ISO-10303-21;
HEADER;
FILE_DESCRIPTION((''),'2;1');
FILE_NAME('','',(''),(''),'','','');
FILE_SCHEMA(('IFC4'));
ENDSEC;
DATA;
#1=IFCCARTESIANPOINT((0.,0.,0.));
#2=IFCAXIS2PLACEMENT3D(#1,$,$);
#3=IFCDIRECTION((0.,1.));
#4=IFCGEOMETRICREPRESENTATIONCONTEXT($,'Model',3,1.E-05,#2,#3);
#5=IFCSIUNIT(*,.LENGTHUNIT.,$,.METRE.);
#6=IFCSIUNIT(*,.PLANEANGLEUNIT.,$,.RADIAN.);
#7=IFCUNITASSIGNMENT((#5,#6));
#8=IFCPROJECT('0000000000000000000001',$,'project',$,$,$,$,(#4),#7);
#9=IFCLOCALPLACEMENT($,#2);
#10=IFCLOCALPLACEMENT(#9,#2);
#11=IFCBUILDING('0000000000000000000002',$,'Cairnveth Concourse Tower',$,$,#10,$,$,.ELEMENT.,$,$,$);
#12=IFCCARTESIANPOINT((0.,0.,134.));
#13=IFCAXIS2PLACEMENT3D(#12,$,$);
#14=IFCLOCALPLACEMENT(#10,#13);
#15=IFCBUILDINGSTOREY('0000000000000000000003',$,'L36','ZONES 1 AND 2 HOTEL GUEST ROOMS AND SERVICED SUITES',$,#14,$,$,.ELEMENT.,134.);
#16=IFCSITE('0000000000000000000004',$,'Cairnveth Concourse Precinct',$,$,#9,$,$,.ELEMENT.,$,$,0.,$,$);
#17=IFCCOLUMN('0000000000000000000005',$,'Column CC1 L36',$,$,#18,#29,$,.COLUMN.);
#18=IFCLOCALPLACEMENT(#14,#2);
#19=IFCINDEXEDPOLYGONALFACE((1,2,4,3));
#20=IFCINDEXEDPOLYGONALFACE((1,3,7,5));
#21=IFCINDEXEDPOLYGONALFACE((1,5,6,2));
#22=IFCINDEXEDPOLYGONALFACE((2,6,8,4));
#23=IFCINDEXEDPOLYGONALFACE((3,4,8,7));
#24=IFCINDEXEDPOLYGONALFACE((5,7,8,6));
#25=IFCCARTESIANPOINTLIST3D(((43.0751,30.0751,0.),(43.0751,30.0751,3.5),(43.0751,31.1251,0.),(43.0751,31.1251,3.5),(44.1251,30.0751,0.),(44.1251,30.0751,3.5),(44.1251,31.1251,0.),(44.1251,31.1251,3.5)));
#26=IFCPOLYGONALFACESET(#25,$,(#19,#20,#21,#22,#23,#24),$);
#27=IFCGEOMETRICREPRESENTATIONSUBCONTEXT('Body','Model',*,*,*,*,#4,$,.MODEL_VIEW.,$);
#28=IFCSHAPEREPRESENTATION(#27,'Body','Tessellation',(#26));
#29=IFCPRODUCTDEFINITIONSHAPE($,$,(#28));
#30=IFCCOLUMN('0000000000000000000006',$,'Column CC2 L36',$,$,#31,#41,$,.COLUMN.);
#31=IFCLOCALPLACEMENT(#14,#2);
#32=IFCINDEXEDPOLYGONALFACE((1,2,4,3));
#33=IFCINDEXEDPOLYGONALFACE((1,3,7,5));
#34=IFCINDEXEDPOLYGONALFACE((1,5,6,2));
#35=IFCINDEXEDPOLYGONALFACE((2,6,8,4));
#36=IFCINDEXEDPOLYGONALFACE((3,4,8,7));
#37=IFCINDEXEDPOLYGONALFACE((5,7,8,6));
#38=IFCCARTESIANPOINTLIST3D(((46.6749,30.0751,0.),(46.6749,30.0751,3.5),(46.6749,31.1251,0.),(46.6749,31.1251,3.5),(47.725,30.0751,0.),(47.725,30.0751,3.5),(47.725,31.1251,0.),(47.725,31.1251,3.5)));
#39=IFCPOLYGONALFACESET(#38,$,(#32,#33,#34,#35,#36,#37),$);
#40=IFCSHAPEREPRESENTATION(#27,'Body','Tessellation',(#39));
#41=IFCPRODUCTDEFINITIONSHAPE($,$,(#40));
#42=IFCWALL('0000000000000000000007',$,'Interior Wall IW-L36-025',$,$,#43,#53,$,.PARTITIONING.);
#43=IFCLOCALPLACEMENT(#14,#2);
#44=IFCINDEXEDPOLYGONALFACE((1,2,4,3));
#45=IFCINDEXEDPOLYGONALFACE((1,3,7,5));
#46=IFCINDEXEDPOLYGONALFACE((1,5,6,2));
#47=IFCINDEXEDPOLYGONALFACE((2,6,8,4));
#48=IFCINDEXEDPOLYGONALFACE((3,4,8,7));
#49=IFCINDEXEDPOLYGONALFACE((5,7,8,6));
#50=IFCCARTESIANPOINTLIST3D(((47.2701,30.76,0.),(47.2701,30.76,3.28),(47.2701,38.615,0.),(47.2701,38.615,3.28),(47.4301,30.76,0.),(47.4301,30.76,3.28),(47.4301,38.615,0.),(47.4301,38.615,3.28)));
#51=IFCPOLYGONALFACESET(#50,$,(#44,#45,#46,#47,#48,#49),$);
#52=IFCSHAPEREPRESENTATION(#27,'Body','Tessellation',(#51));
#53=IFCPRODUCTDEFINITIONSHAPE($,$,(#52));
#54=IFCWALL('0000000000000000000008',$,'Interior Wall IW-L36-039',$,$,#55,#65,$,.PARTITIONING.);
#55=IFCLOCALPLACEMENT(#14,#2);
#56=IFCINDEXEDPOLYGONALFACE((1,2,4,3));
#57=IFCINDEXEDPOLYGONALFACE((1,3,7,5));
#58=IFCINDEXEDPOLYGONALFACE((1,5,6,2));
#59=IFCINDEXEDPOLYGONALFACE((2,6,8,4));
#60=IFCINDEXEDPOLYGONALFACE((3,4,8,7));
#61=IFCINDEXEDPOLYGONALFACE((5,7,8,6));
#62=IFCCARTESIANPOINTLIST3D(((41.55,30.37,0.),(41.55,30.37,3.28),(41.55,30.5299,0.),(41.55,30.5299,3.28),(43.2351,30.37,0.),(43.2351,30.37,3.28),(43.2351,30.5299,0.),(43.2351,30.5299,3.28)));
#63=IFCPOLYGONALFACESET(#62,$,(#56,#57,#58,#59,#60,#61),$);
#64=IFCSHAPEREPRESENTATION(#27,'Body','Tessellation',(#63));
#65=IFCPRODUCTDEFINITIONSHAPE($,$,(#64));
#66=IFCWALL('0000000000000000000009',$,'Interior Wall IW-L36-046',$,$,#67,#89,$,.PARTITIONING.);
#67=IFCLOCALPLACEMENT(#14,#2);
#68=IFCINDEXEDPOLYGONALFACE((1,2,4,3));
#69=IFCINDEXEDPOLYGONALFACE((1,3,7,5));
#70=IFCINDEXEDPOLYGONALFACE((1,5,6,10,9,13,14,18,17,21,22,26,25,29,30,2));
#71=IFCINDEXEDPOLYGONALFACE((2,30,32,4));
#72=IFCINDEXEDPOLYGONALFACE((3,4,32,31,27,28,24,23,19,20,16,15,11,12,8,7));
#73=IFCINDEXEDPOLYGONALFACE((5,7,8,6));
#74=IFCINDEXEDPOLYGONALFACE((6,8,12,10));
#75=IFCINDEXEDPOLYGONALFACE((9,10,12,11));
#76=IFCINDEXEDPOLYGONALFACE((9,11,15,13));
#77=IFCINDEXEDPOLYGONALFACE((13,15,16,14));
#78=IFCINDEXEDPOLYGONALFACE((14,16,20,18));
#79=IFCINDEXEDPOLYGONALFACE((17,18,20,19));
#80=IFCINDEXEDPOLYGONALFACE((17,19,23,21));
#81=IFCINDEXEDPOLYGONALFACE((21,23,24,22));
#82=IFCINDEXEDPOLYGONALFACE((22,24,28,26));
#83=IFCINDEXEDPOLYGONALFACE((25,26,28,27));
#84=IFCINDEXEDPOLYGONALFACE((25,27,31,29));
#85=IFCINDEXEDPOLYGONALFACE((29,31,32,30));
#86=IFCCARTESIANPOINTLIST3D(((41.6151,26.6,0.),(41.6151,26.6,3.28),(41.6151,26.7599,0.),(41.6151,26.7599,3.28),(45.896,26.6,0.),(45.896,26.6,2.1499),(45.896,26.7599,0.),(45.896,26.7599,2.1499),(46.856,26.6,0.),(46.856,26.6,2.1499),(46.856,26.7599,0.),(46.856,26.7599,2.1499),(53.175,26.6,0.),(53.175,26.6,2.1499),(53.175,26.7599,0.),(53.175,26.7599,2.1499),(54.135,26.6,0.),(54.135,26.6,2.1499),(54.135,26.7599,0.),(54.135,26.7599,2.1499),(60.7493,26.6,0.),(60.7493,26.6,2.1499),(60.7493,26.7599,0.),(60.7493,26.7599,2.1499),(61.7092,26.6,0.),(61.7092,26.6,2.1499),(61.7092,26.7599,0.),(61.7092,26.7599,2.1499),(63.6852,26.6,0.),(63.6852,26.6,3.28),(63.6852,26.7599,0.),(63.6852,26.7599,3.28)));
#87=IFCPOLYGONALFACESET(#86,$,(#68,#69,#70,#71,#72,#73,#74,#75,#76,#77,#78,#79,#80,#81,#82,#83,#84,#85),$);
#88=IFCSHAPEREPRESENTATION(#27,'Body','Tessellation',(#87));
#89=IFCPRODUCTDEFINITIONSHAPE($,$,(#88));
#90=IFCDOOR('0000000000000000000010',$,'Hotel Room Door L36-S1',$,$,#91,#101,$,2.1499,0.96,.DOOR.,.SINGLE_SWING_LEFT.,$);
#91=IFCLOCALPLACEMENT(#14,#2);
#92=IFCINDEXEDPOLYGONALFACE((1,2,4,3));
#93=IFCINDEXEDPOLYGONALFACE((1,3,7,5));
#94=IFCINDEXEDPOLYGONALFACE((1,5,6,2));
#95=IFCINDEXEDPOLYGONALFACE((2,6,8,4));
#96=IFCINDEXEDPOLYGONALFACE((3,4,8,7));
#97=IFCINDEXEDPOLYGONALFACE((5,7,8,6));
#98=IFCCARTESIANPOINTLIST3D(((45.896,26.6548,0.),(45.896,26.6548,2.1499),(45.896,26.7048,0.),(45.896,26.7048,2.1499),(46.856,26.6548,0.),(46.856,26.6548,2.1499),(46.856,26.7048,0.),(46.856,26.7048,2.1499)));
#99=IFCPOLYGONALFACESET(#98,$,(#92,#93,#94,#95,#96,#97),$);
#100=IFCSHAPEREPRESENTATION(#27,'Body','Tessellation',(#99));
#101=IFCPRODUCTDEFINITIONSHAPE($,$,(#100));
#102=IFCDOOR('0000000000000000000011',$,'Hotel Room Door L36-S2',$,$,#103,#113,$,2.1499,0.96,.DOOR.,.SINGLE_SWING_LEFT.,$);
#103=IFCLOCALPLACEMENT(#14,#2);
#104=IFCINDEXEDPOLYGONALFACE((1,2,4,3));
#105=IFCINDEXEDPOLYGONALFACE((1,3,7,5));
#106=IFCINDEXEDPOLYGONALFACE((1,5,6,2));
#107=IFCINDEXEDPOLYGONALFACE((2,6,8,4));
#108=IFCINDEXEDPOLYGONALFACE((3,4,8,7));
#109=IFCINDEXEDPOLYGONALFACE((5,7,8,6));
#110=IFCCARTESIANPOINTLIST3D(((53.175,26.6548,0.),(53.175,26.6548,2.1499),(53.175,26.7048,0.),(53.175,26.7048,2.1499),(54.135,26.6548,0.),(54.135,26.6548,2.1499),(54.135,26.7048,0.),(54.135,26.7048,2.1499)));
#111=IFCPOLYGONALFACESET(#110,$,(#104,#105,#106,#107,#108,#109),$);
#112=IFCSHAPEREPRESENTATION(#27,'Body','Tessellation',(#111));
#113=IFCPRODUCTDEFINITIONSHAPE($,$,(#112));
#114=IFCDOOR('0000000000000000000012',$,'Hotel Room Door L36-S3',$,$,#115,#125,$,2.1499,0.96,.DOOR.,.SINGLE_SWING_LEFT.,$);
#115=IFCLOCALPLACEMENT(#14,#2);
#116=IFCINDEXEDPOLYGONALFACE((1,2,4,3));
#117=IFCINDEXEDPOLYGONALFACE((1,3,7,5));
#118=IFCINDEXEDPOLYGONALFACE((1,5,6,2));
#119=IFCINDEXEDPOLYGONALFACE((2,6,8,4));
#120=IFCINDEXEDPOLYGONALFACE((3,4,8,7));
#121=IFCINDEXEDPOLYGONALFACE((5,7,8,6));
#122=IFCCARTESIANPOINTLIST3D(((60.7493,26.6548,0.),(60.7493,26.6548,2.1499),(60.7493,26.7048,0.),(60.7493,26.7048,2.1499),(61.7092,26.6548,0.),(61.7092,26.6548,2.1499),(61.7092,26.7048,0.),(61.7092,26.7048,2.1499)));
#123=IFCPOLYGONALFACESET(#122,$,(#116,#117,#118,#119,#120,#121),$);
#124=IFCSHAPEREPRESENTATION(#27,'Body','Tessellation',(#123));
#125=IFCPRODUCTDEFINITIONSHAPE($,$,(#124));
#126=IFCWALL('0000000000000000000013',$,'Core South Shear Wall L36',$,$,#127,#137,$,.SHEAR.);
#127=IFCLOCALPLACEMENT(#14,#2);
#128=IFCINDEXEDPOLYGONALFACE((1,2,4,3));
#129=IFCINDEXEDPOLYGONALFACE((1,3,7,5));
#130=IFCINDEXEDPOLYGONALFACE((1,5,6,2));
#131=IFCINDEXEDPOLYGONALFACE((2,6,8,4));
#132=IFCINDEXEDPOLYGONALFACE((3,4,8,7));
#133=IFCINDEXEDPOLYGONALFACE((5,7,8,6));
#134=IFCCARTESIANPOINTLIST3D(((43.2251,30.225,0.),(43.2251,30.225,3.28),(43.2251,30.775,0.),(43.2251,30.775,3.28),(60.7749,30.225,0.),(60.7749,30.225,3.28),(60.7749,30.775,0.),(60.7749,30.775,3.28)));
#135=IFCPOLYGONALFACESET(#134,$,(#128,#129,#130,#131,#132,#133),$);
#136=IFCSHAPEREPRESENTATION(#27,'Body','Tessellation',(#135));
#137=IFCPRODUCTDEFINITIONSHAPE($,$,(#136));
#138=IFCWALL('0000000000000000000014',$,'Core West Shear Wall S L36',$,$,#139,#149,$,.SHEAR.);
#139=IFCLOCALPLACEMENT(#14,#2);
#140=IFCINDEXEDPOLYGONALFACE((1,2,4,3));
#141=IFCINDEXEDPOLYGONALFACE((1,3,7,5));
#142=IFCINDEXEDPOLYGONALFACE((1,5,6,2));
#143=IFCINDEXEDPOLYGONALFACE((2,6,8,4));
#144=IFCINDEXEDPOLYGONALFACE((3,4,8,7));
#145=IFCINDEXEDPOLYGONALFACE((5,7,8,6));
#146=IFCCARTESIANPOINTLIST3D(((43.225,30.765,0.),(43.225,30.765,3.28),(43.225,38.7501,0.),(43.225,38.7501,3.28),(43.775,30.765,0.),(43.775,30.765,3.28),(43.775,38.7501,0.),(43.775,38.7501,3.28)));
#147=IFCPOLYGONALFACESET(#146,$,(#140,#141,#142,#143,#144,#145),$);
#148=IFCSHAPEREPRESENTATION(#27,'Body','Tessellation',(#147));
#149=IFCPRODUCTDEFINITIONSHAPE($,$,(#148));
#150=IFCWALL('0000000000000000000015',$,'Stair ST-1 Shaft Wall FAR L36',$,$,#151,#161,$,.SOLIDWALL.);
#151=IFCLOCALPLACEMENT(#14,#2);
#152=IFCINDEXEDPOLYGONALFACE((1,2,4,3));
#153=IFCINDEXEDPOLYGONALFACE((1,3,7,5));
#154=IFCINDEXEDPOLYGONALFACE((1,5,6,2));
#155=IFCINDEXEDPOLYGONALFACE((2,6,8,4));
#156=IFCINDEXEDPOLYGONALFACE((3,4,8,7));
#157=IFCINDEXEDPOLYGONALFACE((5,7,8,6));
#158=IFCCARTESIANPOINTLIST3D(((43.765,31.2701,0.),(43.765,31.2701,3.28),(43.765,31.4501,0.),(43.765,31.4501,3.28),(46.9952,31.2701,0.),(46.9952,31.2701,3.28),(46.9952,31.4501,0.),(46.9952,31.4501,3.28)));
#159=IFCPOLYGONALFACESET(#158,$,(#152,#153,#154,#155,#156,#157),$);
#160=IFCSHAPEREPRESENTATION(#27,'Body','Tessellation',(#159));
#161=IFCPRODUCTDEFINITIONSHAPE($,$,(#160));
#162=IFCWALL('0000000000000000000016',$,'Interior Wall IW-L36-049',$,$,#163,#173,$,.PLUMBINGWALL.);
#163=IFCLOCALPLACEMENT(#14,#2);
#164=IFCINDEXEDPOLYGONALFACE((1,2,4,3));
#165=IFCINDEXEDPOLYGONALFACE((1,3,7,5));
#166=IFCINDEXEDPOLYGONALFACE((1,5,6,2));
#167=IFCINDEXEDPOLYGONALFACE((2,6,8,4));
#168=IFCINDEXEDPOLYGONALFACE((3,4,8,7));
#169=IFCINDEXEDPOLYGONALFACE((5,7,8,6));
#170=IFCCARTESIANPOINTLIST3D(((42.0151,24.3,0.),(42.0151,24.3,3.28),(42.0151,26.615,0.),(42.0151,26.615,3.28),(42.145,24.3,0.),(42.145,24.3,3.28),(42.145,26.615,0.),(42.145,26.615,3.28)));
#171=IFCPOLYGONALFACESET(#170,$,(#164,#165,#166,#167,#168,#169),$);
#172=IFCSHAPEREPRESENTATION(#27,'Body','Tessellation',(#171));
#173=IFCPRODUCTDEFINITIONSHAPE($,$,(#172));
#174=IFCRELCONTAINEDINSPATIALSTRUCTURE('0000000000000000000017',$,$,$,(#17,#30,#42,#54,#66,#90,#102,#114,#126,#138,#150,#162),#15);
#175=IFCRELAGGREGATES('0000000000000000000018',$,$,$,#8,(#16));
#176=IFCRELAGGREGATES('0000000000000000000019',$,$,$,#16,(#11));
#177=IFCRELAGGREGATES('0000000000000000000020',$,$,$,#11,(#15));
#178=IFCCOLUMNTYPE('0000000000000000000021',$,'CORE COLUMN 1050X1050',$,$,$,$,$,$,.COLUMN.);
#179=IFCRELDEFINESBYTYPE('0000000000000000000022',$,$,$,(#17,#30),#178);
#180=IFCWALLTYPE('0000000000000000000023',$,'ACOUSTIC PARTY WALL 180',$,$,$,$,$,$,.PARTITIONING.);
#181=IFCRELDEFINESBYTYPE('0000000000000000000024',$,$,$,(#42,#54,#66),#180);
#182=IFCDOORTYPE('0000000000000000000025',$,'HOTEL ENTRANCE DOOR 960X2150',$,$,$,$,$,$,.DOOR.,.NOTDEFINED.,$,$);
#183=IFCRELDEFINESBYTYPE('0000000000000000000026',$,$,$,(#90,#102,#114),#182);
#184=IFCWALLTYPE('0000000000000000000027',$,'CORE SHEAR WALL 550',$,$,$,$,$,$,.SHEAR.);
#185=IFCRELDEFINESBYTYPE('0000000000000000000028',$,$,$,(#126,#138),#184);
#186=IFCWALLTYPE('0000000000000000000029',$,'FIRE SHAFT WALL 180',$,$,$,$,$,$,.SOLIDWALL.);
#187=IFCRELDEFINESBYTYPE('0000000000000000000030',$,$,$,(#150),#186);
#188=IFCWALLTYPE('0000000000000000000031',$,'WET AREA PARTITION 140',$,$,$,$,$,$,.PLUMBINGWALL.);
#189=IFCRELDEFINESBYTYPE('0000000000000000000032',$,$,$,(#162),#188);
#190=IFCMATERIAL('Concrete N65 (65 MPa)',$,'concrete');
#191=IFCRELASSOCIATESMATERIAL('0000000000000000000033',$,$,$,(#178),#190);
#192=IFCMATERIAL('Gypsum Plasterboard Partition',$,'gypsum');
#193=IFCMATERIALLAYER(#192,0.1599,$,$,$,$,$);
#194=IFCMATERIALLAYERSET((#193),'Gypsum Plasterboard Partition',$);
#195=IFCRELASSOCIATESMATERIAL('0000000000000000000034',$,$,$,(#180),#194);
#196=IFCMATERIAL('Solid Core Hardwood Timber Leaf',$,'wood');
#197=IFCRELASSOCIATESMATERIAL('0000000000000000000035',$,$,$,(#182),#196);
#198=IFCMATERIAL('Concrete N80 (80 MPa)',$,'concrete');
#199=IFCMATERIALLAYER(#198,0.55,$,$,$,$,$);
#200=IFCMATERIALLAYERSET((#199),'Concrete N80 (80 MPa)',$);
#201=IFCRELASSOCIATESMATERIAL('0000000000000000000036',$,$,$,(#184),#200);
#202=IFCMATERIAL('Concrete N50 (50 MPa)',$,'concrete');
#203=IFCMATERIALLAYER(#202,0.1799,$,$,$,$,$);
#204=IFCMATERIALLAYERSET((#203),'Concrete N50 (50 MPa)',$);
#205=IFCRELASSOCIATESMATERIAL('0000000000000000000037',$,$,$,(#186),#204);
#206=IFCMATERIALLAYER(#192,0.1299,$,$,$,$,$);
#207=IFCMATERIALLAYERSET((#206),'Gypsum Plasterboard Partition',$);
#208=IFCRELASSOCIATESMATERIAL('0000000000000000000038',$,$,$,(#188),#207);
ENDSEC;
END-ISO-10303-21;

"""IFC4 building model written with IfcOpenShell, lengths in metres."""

from ifc_helpers import new_model, si_unit, direction, frame, frame_2d, origin, origin_2d, place, context, subcontext, project, spatial, rectangle, extrude, material, layer, layer_set, material_profile, profile_set, type_object, element, fill, save


model = new_model("IFC4")

# Units and contexts
model_context = context("Model", 3, precision=1e-05, world=origin(), true_north=direction((0.0, 1.0)))
body_context = subcontext(model_context, "Body", "Model", "MODEL_VIEW")
ifc_project = project(units=[si_unit("LENGTHUNIT", "METRE"), si_unit("PLANEANGLEUNIT", "RADIAN")], contexts=[model_context])

# Site, building, storey
site_placement = place(None, origin())
site = spatial("IfcSite", under=ifc_project, at=site_placement, Name="Cairnveth Concourse Precinct", CompositionType="ELEMENT", RefElevation=0.0)
building_placement = place(site_placement, origin())
building = spatial("IfcBuilding", under=site, at=building_placement, Name="Cairnveth Concourse Tower", CompositionType="ELEMENT")
storey_placement = place(building_placement, frame((0.0, 0.0, 134.0)))
storey = spatial("IfcBuildingStorey", under=building, at=storey_placement, Name="L36", Description="ZONES 1 AND 2 HOTEL GUEST ROOMS AND SERVICED SUITES", CompositionType="ELEMENT", Elevation=134.0)

# Columns
ifc_material_1 = material(Name="Concrete N65 (65 MPa)", Category="concrete")
ifc_material_profile = material_profile(ifc_material_1, rectangle(XDim=1.05, YDim=1.05, at=origin_2d()), Name="RC-COL-1050x1050")
ifc_profile_set = profile_set([ifc_material_profile], Name="Concrete N65 (65 MPa)")
column_type = type_object("IfcColumnType", Name="CORE COLUMN 1050X1050", PredefinedType="COLUMN", material=ifc_profile_set)
for number, where, z_axis, x_axis, name in (
    (1, (43.6001, 30.6001, 0.0), (0.0, 0.0, 1.0), (1.0, 0.0, 0.0), "Column CC1 L36"),
    (2, (47.2, 30.6001, 0.0), (0.0, 0.0, 1.0), (1.0, 0.0, 0.0), "Column CC2 L36"),
):
    element("IfcColumn", number, at=place(storey_placement, frame(where, z_axis=z_axis, x_axis=x_axis)), inside=storey, type_object=column_type, Name=name, PredefinedType="COLUMN", context=body_context, shape_type="SweptSolid", body=[
        extrude(rectangle(XDim=1.05, YDim=1.05, at=origin_2d()), origin(), (0.0, 0.0, 1.0), 3.5),
    ])

# Walls
ifc_material_2 = material(Name="Gypsum Plasterboard Partition", Category="gypsum")
ifc_layer_1 = layer(ifc_material_2, 0.1599)
ifc_layer_set_1 = layer_set([ifc_layer_1], Name="Gypsum Plasterboard Partition")
wall_type_1 = type_object("IfcWallType", Name="ACOUSTIC PARTY WALL 180", PredefinedType="PARTITIONING", material=ifc_layer_set_1)
wall_1_placement = place(storey_placement, frame((47.3501, 30.76, 0.0), z_axis=(0.0, 0.0, 1.0), x_axis=(0.0, 1.0, 0.0)))
element("IfcWall", 3, at=wall_1_placement, inside=storey, type_object=wall_type_1, Name="Interior Wall IW-L36-025", PredefinedType="PARTITIONING", context=body_context, shape_type="SweptSolid", body=[
    extrude(rectangle(XDim=7.855, YDim=0.1599, at=frame_2d((3.9275, 0.0))), origin(), (0.0, 0.0, 1.0), 3.28),
])
wall_2_placement = place(storey_placement, frame((41.55, 30.45, 0.0), z_axis=(0.0, 0.0, 1.0), x_axis=(1.0, 0.0, 0.0)))
element("IfcWall", 4, at=wall_2_placement, inside=storey, type_object=wall_type_1, Name="Interior Wall IW-L36-039", PredefinedType="PARTITIONING", context=body_context, shape_type="SweptSolid", body=[
    extrude(rectangle(XDim=1.6851, YDim=0.1599, at=frame_2d((0.8425, 0.0))), origin(), (0.0, 0.0, 1.0), 3.28),
])

# Wall, openings, doors
wall_3_placement = place(storey_placement, frame((41.615, 26.6799, 0.0), z_axis=(0.0, 0.0, 1.0), x_axis=(1.0, 0.0, 0.0)))
wall_3 = element("IfcWall", 5, at=wall_3_placement, inside=storey, type_object=wall_type_1, Name="Interior Wall IW-L36-046", PredefinedType="PARTITIONING", context=body_context, shape_type="SweptSolid", body=[
    extrude(rectangle(XDim=22.0701, YDim=0.1599, at=frame_2d((11.0352, 0.0))), origin(), (0.0, 0.0, 1.0), 3.28),
])
opening_1_placement = place(wall_3_placement, frame((4.281, 0.0, 0.0)))
opening_1 = element("IfcOpeningElement", 6, at=opening_1_placement, cuts=wall_3, PredefinedType="OPENING", context=body_context, shape_type="SweptSolid", body=[
    extrude(rectangle(XDim=0.96, YDim=2.1499, at=frame_2d((0.48, 1.075))), frame((0.0, 0.0898, 0.0), z_axis=(0.0, -1.0, 0.0), x_axis=(1.0, 0.0, 0.0)), (0.0, 0.0, 1.0), 0.1799),
])
opening_2_placement = place(wall_3_placement, frame((11.5601, 0.0, 0.0)))
opening_2 = element("IfcOpeningElement", 7, at=opening_2_placement, cuts=wall_3, PredefinedType="OPENING", context=body_context, shape_type="SweptSolid", body=[
    extrude(rectangle(XDim=0.96, YDim=2.1499, at=frame_2d((0.48, 1.075))), frame((0.0, 0.0898, 0.0), z_axis=(0.0, -1.0, 0.0), x_axis=(1.0, 0.0, 0.0)), (0.0, 0.0, 1.0), 0.1799),
])
opening_3_placement = place(wall_3_placement, frame((19.1343, 0.0, 0.0)))
opening_3 = element("IfcOpeningElement", 8, at=opening_3_placement, cuts=wall_3, PredefinedType="OPENING", context=body_context, shape_type="SweptSolid", body=[
    extrude(rectangle(XDim=0.96, YDim=2.1499, at=frame_2d((0.48, 1.075))), frame((0.0, 0.0898, 0.0), z_axis=(0.0, -1.0, 0.0), x_axis=(1.0, 0.0, 0.0)), (0.0, 0.0, 1.0), 0.1799),
])
ifc_material_3 = material(Name="Solid Core Hardwood Timber Leaf", Category="wood")
door_type_1 = type_object("IfcDoorType", Name="HOTEL ENTRANCE DOOR 960X2150", OperationType="NOTDEFINED", PredefinedType="DOOR", material=ifc_material_3)
door_1_placement = place(opening_1_placement, origin())
door_1 = element("IfcDoor", 9, at=door_1_placement, inside=storey, type_object=door_type_1, Name="Hotel Room Door L36-S1", OperationType="SINGLE_SWING_LEFT", OverallHeight=2.1499, OverallWidth=0.96, PredefinedType="DOOR", context=body_context, shape_type="SweptSolid", body=[
    extrude(rectangle(XDim=0.96, YDim=2.1499, at=frame_2d((0.48, 1.075))), frame((0.0, 0.0249, 0.0), z_axis=(0.0, -1.0, 0.0), x_axis=(1.0, 0.0, 0.0)), (0.0, 0.0, 1.0), 0.05),
])
fill(opening_1, door_1)
door_2_placement = place(opening_2_placement, origin())
door_2 = element("IfcDoor", 10, at=door_2_placement, inside=storey, type_object=door_type_1, Name="Hotel Room Door L36-S2", OperationType="SINGLE_SWING_LEFT", OverallHeight=2.1499, OverallWidth=0.96, PredefinedType="DOOR", context=body_context, shape_type="SweptSolid", body=[
    extrude(rectangle(XDim=0.96, YDim=2.1499, at=frame_2d((0.48, 1.075))), frame((0.0, 0.0249, 0.0), z_axis=(0.0, -1.0, 0.0), x_axis=(1.0, 0.0, 0.0)), (0.0, 0.0, 1.0), 0.05),
])
fill(opening_2, door_2)
door_3_placement = place(opening_3_placement, origin())
door_3 = element("IfcDoor", 11, at=door_3_placement, inside=storey, type_object=door_type_1, Name="Hotel Room Door L36-S3", OperationType="SINGLE_SWING_LEFT", OverallHeight=2.1499, OverallWidth=0.96, PredefinedType="DOOR", context=body_context, shape_type="SweptSolid", body=[
    extrude(rectangle(XDim=0.96, YDim=2.1499, at=frame_2d((0.48, 1.075))), frame((0.0, 0.0249, 0.0), z_axis=(0.0, -1.0, 0.0), x_axis=(1.0, 0.0, 0.0)), (0.0, 0.0, 1.0), 0.05),
])
fill(opening_3, door_3)

# Walls
ifc_material_4 = material(Name="Concrete N80 (80 MPa)", Category="concrete")
ifc_layer_2 = layer(ifc_material_4, 0.55)
ifc_layer_set_2 = layer_set([ifc_layer_2], Name="Concrete N80 (80 MPa)")
wall_type_2 = type_object("IfcWallType", Name="CORE SHEAR WALL 550", PredefinedType="SHEAR", material=ifc_layer_set_2)
wall_4_placement = place(storey_placement, frame((43.2251, 30.5, 0.0), z_axis=(0.0, 0.0, 1.0), x_axis=(1.0, 0.0, 0.0)))
element("IfcWall", 12, at=wall_4_placement, inside=storey, type_object=wall_type_2, Name="Core South Shear Wall L36", PredefinedType="SHEAR", context=body_context, shape_type="SweptSolid", body=[
    extrude(rectangle(XDim=17.5498, YDim=0.55, at=frame_2d((8.7749, 0.0))), origin(), (0.0, 0.0, 1.0), 3.28),
])
wall_5_placement = place(storey_placement, frame((43.5, 30.7649, 0.0), z_axis=(0.0, 0.0, 1.0), x_axis=(0.0, 1.0, 0.0)))
element("IfcWall", 13, at=wall_5_placement, inside=storey, type_object=wall_type_2, Name="Core West Shear Wall S L36", PredefinedType="SHEAR", context=body_context, shape_type="SweptSolid", body=[
    extrude(rectangle(XDim=7.9851, YDim=0.55, at=frame_2d((3.9927, 0.0))), origin(), (0.0, 0.0, 1.0), 3.28),
])
ifc_material_5 = material(Name="Concrete N50 (50 MPa)", Category="concrete")
ifc_layer_3 = layer(ifc_material_5, 0.1799)
ifc_layer_set_3 = layer_set([ifc_layer_3], Name="Concrete N50 (50 MPa)")
wall_type_3 = type_object("IfcWallType", Name="FIRE SHAFT WALL 180", PredefinedType="SOLIDWALL", material=ifc_layer_set_3)
wall_6_placement = place(storey_placement, frame((43.7649, 31.3601, 0.0), z_axis=(0.0, 0.0, 1.0), x_axis=(1.0, 0.0, 0.0)))
element("IfcWall", 14, at=wall_6_placement, inside=storey, type_object=wall_type_3, Name="Stair ST-1 Shaft Wall FAR L36", PredefinedType="SOLIDWALL", context=body_context, shape_type="SweptSolid", body=[
    extrude(rectangle(XDim=3.2302, YDim=0.1799, at=frame_2d((1.6152, 0.0))), origin(), (0.0, 0.0, 1.0), 3.28),
])
ifc_layer_4 = layer(ifc_material_2, 0.1299)
ifc_layer_set_4 = layer_set([ifc_layer_4], Name="Gypsum Plasterboard Partition")
wall_type_4 = type_object("IfcWallType", Name="WET AREA PARTITION 140", PredefinedType="PLUMBINGWALL", material=ifc_layer_set_4)
for number, where, z_axis, x_axis, name in (
    (15, (42.0801, 24.3, 0.0), (0.0, 0.0, 1.0), (0.0, 1.0, 0.0), "Interior Wall IW-L36-049"),
):
    element("IfcWall", number, at=place(storey_placement, frame(where, z_axis=z_axis, x_axis=x_axis)), inside=storey, type_object=wall_type_4, Name=name, PredefinedType="PLUMBINGWALL", context=body_context, shape_type="SweptSolid", body=[
        extrude(rectangle(XDim=2.3149, YDim=0.1299, at=frame_2d((1.1575, 0.0))), origin(), (0.0, 0.0, 1.0), 3.28),
    ])

save(model, "model.ifc")
